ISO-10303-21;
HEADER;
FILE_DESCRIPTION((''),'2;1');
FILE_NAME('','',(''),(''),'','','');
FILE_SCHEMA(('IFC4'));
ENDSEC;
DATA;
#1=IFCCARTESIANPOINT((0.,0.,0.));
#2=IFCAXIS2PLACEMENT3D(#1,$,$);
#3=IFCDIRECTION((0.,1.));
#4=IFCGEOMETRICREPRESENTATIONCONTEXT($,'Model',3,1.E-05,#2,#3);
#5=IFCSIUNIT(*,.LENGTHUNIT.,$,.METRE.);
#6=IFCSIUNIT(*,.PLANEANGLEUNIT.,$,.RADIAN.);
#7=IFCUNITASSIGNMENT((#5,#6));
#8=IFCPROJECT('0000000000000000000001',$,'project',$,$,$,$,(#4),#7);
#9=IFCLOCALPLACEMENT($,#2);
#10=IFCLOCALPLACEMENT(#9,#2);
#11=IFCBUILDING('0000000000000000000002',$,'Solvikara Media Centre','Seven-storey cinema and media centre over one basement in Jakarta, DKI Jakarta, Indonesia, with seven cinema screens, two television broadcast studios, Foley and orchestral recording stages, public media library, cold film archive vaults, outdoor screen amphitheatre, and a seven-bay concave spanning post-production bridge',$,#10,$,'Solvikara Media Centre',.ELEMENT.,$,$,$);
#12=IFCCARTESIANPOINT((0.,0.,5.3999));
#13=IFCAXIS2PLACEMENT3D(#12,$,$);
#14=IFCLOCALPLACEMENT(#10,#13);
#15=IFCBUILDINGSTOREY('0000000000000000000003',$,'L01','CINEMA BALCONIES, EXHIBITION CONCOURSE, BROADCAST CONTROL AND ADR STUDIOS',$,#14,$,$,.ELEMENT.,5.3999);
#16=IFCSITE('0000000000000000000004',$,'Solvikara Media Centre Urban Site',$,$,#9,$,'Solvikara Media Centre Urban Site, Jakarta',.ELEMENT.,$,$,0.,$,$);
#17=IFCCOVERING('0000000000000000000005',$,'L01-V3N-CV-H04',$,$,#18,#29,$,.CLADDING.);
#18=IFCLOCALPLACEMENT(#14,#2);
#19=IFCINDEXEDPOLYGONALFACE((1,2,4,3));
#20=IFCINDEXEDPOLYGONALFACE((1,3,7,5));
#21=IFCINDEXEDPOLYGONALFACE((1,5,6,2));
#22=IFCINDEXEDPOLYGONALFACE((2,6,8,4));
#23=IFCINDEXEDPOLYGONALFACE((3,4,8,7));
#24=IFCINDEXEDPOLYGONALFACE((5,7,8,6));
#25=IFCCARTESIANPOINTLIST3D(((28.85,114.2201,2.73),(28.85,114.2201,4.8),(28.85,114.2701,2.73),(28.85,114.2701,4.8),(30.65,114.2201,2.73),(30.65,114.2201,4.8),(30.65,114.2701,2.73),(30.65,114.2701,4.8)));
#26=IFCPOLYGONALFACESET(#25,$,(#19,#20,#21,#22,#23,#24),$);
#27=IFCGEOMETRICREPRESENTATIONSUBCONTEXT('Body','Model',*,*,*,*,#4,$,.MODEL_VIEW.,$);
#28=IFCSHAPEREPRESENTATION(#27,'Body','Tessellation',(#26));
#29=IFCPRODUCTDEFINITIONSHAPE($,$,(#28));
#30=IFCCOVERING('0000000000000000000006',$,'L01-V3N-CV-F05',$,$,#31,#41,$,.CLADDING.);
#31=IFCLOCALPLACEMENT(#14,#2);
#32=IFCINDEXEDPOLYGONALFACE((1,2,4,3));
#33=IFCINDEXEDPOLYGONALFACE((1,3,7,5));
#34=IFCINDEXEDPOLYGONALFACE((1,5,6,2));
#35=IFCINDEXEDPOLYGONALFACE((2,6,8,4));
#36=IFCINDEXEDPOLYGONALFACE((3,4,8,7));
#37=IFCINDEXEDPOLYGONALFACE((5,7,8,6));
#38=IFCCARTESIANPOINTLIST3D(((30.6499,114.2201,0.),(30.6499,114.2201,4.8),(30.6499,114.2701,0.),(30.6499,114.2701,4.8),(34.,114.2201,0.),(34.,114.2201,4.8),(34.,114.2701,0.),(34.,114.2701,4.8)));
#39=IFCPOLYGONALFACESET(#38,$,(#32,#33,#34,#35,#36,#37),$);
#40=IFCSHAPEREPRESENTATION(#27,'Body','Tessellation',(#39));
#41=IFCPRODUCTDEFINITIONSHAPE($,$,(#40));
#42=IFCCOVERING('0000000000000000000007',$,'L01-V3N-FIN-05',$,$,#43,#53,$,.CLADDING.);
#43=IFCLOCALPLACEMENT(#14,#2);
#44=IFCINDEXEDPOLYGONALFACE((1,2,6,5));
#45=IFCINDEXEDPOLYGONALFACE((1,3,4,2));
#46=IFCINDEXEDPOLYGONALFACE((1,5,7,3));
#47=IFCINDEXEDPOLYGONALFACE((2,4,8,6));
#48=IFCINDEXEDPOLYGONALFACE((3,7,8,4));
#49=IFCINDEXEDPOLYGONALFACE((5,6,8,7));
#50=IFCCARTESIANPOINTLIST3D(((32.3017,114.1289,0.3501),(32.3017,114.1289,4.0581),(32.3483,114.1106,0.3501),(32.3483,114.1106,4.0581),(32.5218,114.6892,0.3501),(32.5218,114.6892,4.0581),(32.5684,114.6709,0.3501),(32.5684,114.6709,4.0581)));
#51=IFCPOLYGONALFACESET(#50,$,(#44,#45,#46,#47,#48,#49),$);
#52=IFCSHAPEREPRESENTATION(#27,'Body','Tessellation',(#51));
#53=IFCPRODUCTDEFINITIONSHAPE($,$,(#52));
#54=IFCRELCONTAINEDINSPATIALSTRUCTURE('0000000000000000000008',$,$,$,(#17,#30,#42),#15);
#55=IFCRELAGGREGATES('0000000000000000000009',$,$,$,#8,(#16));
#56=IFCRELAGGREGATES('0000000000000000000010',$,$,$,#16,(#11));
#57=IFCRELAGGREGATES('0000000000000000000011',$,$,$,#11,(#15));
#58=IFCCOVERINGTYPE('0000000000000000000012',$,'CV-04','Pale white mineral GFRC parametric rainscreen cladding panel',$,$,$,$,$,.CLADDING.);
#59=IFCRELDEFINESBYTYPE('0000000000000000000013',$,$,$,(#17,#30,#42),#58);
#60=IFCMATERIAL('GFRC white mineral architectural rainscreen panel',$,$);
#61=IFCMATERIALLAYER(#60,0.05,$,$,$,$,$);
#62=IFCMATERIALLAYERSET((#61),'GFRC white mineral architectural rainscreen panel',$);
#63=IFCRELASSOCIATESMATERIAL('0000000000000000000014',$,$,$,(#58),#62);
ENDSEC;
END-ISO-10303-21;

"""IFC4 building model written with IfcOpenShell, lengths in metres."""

from ifc_helpers import new_model, si_unit, direction, frame, origin, origin_2d, place, context, subcontext, project, spatial, rectangle, extrude, material, layer, layer_set, type_object, element, save


model = new_model("IFC4")

# Units and contexts
model_context = context("Model", 3, precision=1e-05, world=origin(), true_north=direction((0.0, 1.0)))
body_context = subcontext(model_context, "Body", "Model", "MODEL_VIEW")
ifc_project = project(units=[si_unit("LENGTHUNIT", "METRE"), si_unit("PLANEANGLEUNIT", "RADIAN")], contexts=[model_context])

# Site, building, storey
site_placement = place(None, origin())
site = spatial("IfcSite", under=ifc_project, at=site_placement, Name="Solvikara Media Centre Urban Site", LongName="Solvikara Media Centre Urban Site, Jakarta", CompositionType="ELEMENT", RefElevation=0.0)
building_placement = place(site_placement, origin())
building = spatial("IfcBuilding", under=site, at=building_placement, Name="Solvikara Media Centre", Description="Seven-storey cinema and media centre over one basement in Jakarta, DKI Jakarta, Indonesia, with seven cinema screens, two television broadcast studios, Foley and orchestral recording stages, public media library, cold film archive vaults, outdoor screen amphitheatre, and a seven-bay concave spanning post-production bridge", LongName="Solvikara Media Centre", CompositionType="ELEMENT")
storey_placement = place(building_placement, frame((0.0, 0.0, 5.3999)))
storey = spatial("IfcBuildingStorey", under=building, at=storey_placement, Name="L01", Description="CINEMA BALCONIES, EXHIBITION CONCOURSE, BROADCAST CONTROL AND ADR STUDIOS", CompositionType="ELEMENT", Elevation=5.3999)

# Coverings
ifc_material_1 = material(Name="GFRC white mineral architectural rainscreen panel")
ifc_layer_1 = layer(ifc_material_1, 0.05)
ifc_layer_set_1 = layer_set([ifc_layer_1], Name="GFRC white mineral architectural rainscreen panel")
covering_type = type_object("IfcCoveringType", Name="CV-04", Description="Pale white mineral GFRC parametric rainscreen cladding panel", PredefinedType="CLADDING", material=ifc_layer_set_1)
covering_1_placement = place(storey_placement, frame((29.75, 114.2451, 2.73), z_axis=(0.0, 0.0, 1.0), x_axis=(1.0, 0.0, 0.0)))
element("IfcCovering", 1, at=covering_1_placement, inside=storey, type_object=covering_type, Name="L01-V3N-CV-H04", PredefinedType="CLADDING", context=body_context, shape_type="SweptSolid", body=[
    extrude(rectangle(XDim=1.8, YDim=0.05, at=origin_2d()), origin(), (0.0, 0.0, 1.0), 2.0701),
])
covering_2_placement = place(storey_placement, frame((32.325, 114.2451, 0.0), z_axis=(0.0, 0.0, 1.0), x_axis=(1.0, 0.0, 0.0)))
element("IfcCovering", 2, at=covering_2_placement, inside=storey, type_object=covering_type, Name="L01-V3N-CV-F05", PredefinedType="CLADDING", context=body_context, shape_type="SweptSolid", body=[
    extrude(rectangle(XDim=3.3501, YDim=0.05, at=origin_2d()), origin(), (0.0, 0.0, 1.0), 4.8),
])
covering_3_placement = place(storey_placement, frame((32.4351, 114.3999, 0.3501), z_axis=(0.0, 0.0, 1.0), x_axis=(0.365657, 0.93075, 0.0)))
element("IfcCovering", 3, at=covering_3_placement, inside=storey, type_object=covering_type, Name="L01-V3N-FIN-05", PredefinedType="CLADDING", context=body_context, shape_type="SweptSolid", body=[
    extrude(rectangle(XDim=0.6021, YDim=0.05, at=origin_2d()), origin(), (0.0, 0.0, 1.0), 3.708),
])

save(model, "model.ifc")
